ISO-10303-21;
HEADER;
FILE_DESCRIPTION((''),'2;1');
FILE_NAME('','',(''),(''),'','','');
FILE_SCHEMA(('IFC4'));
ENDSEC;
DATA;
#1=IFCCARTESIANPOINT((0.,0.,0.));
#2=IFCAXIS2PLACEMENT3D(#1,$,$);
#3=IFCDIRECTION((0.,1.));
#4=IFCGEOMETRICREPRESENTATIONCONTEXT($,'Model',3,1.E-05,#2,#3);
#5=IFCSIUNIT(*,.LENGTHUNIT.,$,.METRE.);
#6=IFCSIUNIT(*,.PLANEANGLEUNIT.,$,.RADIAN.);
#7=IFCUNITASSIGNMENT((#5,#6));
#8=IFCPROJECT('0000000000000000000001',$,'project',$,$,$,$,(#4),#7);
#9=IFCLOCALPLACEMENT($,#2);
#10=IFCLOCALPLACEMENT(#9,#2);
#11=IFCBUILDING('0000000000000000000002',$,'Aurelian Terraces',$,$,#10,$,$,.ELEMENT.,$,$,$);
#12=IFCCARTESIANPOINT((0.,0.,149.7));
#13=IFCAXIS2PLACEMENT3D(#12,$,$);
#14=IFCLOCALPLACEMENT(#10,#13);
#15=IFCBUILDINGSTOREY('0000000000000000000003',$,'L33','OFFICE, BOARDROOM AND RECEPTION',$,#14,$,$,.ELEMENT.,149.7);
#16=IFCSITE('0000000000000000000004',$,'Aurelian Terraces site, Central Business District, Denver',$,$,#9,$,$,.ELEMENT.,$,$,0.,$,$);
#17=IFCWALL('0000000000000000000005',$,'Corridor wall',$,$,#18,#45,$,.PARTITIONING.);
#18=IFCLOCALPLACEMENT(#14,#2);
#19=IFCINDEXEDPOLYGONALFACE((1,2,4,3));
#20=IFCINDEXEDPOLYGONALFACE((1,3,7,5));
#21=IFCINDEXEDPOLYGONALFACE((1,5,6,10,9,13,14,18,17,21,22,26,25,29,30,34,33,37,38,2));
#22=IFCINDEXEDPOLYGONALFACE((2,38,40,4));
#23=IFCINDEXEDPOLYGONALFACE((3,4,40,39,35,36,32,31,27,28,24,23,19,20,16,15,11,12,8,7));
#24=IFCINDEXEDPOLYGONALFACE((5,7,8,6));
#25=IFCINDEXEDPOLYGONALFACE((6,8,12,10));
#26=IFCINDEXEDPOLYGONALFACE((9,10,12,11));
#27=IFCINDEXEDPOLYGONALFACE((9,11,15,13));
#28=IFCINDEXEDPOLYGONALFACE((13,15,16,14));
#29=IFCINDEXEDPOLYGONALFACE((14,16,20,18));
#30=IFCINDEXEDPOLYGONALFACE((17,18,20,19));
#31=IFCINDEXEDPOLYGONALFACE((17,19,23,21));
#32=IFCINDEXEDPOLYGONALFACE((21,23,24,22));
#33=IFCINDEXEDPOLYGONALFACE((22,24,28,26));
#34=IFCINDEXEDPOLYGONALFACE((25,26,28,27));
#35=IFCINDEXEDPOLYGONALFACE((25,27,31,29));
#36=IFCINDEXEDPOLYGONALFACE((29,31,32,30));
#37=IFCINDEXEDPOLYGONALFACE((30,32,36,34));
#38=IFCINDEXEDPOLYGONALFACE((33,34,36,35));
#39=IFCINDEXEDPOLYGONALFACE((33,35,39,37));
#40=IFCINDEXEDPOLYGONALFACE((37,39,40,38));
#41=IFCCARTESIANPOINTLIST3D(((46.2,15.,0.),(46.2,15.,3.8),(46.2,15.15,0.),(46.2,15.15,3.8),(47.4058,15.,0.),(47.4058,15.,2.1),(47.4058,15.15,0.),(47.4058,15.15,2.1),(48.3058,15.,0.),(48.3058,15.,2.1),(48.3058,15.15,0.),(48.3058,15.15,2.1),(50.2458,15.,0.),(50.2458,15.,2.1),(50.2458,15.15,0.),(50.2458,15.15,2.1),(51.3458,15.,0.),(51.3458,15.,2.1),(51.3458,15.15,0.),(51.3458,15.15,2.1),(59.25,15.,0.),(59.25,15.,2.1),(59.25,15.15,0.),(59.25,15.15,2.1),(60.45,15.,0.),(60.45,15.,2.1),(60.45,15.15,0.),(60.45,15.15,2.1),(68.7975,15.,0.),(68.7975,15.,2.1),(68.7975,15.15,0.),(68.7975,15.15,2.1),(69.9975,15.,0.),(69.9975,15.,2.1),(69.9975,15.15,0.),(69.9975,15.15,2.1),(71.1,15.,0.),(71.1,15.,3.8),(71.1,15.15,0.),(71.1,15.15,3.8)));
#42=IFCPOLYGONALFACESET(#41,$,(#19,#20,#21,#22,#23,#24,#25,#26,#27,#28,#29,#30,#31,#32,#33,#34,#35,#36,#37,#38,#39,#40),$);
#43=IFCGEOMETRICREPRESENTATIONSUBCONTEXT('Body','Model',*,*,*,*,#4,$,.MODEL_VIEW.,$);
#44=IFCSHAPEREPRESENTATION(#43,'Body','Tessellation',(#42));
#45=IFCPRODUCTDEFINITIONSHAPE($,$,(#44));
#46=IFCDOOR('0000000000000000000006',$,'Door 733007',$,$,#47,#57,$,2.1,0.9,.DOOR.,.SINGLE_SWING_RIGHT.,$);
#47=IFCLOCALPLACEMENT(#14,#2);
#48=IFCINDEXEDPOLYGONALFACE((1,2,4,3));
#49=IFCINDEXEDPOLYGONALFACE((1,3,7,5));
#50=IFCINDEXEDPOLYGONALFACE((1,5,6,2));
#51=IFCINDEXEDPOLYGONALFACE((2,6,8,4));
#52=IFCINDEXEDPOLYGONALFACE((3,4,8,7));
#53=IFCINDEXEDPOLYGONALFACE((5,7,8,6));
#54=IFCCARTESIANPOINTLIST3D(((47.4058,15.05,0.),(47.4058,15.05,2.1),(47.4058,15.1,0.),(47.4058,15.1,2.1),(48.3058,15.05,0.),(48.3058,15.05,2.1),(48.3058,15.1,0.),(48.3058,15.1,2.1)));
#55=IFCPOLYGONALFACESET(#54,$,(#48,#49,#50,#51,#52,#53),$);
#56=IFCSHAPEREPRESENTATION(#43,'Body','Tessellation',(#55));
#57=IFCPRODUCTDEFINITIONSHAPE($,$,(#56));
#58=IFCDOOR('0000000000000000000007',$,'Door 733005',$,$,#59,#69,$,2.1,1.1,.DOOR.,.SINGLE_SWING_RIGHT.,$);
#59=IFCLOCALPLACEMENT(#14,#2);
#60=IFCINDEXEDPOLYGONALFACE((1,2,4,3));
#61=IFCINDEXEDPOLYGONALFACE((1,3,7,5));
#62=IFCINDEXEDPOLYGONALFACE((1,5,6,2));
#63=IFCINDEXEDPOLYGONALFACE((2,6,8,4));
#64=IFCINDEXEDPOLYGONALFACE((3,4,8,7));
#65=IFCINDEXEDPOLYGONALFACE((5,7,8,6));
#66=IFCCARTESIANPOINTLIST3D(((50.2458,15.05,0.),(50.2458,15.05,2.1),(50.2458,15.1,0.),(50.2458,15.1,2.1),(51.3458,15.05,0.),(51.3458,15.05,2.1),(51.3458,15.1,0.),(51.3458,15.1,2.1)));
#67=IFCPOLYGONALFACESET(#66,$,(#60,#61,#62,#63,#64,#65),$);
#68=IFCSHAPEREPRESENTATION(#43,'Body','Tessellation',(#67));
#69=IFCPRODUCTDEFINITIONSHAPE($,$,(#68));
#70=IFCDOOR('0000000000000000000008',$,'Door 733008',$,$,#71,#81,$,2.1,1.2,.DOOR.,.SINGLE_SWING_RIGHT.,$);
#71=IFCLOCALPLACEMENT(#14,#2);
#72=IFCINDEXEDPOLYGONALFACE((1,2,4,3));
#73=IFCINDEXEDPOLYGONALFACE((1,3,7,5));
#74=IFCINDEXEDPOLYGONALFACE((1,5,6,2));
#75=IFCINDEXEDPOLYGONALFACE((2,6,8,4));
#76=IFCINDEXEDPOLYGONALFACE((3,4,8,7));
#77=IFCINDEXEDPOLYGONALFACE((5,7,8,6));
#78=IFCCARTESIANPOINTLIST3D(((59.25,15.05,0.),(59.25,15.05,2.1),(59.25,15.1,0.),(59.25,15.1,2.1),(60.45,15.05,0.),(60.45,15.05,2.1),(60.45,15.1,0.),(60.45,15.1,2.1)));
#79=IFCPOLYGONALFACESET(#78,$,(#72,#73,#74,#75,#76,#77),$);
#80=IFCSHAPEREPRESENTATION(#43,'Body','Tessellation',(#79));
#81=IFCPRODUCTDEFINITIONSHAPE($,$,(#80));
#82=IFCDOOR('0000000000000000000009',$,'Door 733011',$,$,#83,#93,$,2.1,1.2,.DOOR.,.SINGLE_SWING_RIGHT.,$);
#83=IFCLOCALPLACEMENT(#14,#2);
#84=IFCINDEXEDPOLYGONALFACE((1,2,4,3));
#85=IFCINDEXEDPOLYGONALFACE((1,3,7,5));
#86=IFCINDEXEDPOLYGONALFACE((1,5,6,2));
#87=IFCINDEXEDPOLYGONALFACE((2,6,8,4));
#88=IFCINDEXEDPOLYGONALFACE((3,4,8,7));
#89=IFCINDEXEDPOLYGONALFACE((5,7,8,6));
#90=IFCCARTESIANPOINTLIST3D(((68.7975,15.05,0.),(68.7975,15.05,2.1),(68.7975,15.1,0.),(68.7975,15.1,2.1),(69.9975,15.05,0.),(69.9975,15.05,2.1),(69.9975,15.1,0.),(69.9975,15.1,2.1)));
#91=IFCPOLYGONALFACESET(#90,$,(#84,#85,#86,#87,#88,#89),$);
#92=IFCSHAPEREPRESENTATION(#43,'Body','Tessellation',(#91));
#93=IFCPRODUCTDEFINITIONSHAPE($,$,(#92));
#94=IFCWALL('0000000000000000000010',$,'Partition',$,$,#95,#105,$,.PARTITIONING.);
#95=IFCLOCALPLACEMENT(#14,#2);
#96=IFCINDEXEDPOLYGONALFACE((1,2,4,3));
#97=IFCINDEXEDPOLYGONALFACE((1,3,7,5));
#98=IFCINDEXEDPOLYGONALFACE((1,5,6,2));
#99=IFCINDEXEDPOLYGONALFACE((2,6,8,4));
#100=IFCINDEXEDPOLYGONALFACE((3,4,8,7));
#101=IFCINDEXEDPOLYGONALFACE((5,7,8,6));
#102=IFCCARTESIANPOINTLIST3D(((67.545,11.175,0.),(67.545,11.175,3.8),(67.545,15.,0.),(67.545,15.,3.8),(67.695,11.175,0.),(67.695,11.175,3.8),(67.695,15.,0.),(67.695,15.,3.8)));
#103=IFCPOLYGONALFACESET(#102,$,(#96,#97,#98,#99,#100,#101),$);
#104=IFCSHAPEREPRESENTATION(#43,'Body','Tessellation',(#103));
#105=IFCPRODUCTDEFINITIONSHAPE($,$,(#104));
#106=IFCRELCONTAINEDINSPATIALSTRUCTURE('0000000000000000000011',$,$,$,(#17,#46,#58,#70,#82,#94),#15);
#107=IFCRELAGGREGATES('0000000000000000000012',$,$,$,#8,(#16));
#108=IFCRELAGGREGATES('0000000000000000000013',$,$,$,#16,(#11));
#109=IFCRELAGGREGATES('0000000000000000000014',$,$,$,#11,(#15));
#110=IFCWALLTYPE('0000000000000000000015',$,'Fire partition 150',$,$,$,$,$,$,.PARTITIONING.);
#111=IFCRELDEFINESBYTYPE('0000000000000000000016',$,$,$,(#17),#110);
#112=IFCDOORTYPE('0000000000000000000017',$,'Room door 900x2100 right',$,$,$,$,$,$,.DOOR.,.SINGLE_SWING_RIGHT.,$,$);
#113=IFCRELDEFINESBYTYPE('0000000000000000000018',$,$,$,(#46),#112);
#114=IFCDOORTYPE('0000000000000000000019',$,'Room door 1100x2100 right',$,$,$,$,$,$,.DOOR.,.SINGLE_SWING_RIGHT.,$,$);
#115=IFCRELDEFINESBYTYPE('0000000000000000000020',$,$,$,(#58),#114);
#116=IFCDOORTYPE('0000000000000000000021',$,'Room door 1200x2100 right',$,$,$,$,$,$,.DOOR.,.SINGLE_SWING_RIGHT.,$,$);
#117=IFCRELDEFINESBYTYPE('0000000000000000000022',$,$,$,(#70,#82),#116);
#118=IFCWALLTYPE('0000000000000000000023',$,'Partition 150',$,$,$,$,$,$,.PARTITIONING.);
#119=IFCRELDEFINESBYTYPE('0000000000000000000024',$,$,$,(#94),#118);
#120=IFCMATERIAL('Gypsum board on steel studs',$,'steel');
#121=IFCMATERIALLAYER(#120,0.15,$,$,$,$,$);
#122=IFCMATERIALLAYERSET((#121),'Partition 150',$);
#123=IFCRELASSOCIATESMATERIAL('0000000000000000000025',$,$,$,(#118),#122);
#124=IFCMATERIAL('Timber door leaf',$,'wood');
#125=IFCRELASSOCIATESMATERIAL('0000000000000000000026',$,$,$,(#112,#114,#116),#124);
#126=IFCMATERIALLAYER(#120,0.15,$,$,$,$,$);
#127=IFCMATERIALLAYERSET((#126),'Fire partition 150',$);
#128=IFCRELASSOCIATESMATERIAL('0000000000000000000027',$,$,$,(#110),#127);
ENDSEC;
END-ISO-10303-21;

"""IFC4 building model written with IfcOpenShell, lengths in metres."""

from ifc_helpers import new_model, si_unit, direction, frame, frame_2d, origin, place, context, subcontext, project, spatial, rectangle, extrude, source, transform, mapped, material, layer, layer_set, type_object, element, fill, save


model = new_model("IFC4")

# Units and contexts
model_context = context("Model", 3, precision=1e-05, world=origin(), true_north=direction((0.0, 1.0)))
body_context = subcontext(model_context, "Body", "Model", "MODEL_VIEW")
ifc_project = project(units=[si_unit("LENGTHUNIT", "METRE"), si_unit("PLANEANGLEUNIT", "RADIAN")], contexts=[model_context])

# Site, building, storey
site_placement = place(None, origin())
site = spatial("IfcSite", under=ifc_project, at=site_placement, Name="Aurelian Terraces site, Central Business District, Denver", CompositionType="ELEMENT", RefElevation=0.0)
building_placement = place(site_placement, origin())
building = spatial("IfcBuilding", under=site, at=building_placement, Name="Aurelian Terraces", CompositionType="ELEMENT")
storey_placement = place(building_placement, frame((0.0, 0.0, 149.7)))
storey = spatial("IfcBuildingStorey", under=building, at=storey_placement, Name="L33", Description="OFFICE, BOARDROOM AND RECEPTION", CompositionType="ELEMENT", Elevation=149.7)

# Wall, openings, doors
ifc_material_1 = material(Name="Gypsum board on steel studs", Category="steel")
ifc_layer_1 = layer(ifc_material_1, 0.15)
ifc_layer_set_1 = layer_set([ifc_layer_1], Name="Partition 150")
wall_type_1 = type_object("IfcWallType", Name="Partition 150", PredefinedType="PARTITIONING", material=ifc_layer_set_1)
shared_shape_1 = source(origin(), body_context, "Body", "SweptSolid", [
    extrude(rectangle(XDim=24.9, YDim=0.15, at=frame_2d((12.45, 0.0))), origin(), (0.0, 0.0, 1.0), 3.8),
])
shared_shape_2 = source(origin(), body_context, "Body", "SweptSolid", [
    extrude(rectangle(XDim=1.1, YDim=2.1, at=frame_2d((0.55, 1.05))), frame((0.0, 0.085, 0.0), z_axis=(0.0, -1.0, 0.0), x_axis=(1.0, 0.0, 0.0)), (0.0, 0.0, 1.0), 0.17),
])
shared_shape_3 = source(origin(), body_context, "Body", "SweptSolid", [
    extrude(rectangle(XDim=0.9, YDim=2.1, at=frame_2d((0.45, 1.05))), frame((0.0, 0.085, 0.0), z_axis=(0.0, -1.0, 0.0), x_axis=(1.0, 0.0, 0.0)), (0.0, 0.0, 1.0), 0.17),
])
ifc_material_2 = material(Name="Timber door leaf", Category="wood")
shared_shape_4 = source(origin(), body_context, "Body", "SweptSolid", [
    extrude(rectangle(XDim=0.9, YDim=2.1, at=frame_2d((0.45, 1.05))), frame((0.0, 0.025, 0.0), z_axis=(0.0, -1.0, 0.0), x_axis=(1.0, 0.0, 0.0)), (0.0, 0.0, 1.0), 0.05),
])
door_type_1 = type_object("IfcDoorType", Name="Room door 900x2100 right", OperationType="SINGLE_SWING_RIGHT", PredefinedType="DOOR", material=ifc_material_2)
shared_shape_5 = source(origin(), body_context, "Body", "SweptSolid", [
    extrude(rectangle(XDim=1.1, YDim=2.1, at=frame_2d((0.55, 1.05))), frame((0.0, 0.025, 0.0), z_axis=(0.0, -1.0, 0.0), x_axis=(1.0, 0.0, 0.0)), (0.0, 0.0, 1.0), 0.05),
])
ifc_layer_2 = layer(ifc_material_1, 0.15)
ifc_layer_set_2 = layer_set([ifc_layer_2], Name="Fire partition 150")
wall_type_2 = type_object("IfcWallType", Name="Fire partition 150", PredefinedType="PARTITIONING", material=ifc_layer_set_2)
wall_1_placement = place(storey_placement, frame((71.1, 15.075, 0.0), z_axis=(0.0, 0.0, 1.0), x_axis=(-1.0, 0.0, 0.0)))
wall_1 = element("IfcWall", 1, at=wall_1_placement, inside=storey, type_object=wall_type_2, Name="Corridor wall", PredefinedType="PARTITIONING", context=body_context, shape_type="MappedRepresentation", body=[
    mapped(shared_shape_1, transform((0.0, 0.0, 0.0), scale=1.0)),
])
opening_1_placement = place(wall_1_placement, frame((19.7542, 0.0, 0.0)))
opening_1 = element("IfcOpeningElement", 2, at=opening_1_placement, cuts=wall_1, PredefinedType="OPENING", context=body_context, shape_type="MappedRepresentation", body=[
    mapped(shared_shape_2, transform((0.0, 0.0, 0.0), scale=1.0)),
])
opening_2_placement = place(wall_1_placement, frame((22.7942, 0.0, 0.0)))
opening_2 = element("IfcOpeningElement", 3, at=opening_2_placement, cuts=wall_1, PredefinedType="OPENING", context=body_context, shape_type="MappedRepresentation", body=[
    mapped(shared_shape_3, transform((0.0, 0.0, 0.0), scale=1.0)),
])
shared_shape_6 = source(origin(), body_context, "Body", "SweptSolid", [
    extrude(rectangle(XDim=1.2, YDim=2.1, at=frame_2d((0.6, 1.05))), frame((0.0, 0.085, 0.0), z_axis=(0.0, -1.0, 0.0), x_axis=(1.0, 0.0, 0.0)), (0.0, 0.0, 1.0), 0.17),
])
opening_3_placement = place(wall_1_placement, frame((10.65, 0.0, 0.0)))
opening_3 = element("IfcOpeningElement", 4, at=opening_3_placement, cuts=wall_1, PredefinedType="OPENING", context=body_context, shape_type="MappedRepresentation", body=[
    mapped(shared_shape_6, transform((0.0, 0.0, 0.0), scale=1.0)),
])
opening_4_placement = place(wall_1_placement, frame((1.1025, 0.0, 0.0)))
opening_4 = element("IfcOpeningElement", 5, at=opening_4_placement, cuts=wall_1, PredefinedType="OPENING", context=body_context, shape_type="MappedRepresentation", body=[
    mapped(shared_shape_6, transform((0.0, 0.0, 0.0), scale=1.0)),
])
door_1_placement = place(opening_2_placement, origin())
door_1 = element("IfcDoor", 6, at=door_1_placement, inside=storey, type_object=door_type_1, Name="Door 733007", OperationType="SINGLE_SWING_RIGHT", OverallHeight=2.1, OverallWidth=0.9, PredefinedType="DOOR", context=body_context, shape_type="MappedRepresentation", body=[
    mapped(shared_shape_4, transform((0.0, 0.0, 0.0), scale=1.0)),
])
fill(opening_2, door_1)
door_type_2 = type_object("IfcDoorType", Name="Room door 1100x2100 right", OperationType="SINGLE_SWING_RIGHT", PredefinedType="DOOR", material=ifc_material_2)
door_2_placement = place(opening_1_placement, origin())
door_2 = element("IfcDoor", 7, at=door_2_placement, inside=storey, type_object=door_type_2, Name="Door 733005", OperationType="SINGLE_SWING_RIGHT", OverallHeight=2.1, OverallWidth=1.1, PredefinedType="DOOR", context=body_context, shape_type="MappedRepresentation", body=[
    mapped(shared_shape_5, transform((0.0, 0.0, 0.0), scale=1.0)),
])
fill(opening_1, door_2)
door_type_3 = type_object("IfcDoorType", Name="Room door 1200x2100 right", OperationType="SINGLE_SWING_RIGHT", PredefinedType="DOOR", material=ifc_material_2)
shared_shape_7 = source(origin(), body_context, "Body", "SweptSolid", [
    extrude(rectangle(XDim=1.2, YDim=2.1, at=frame_2d((0.6, 1.05))), frame((0.0, 0.025, 0.0), z_axis=(0.0, -1.0, 0.0), x_axis=(1.0, 0.0, 0.0)), (0.0, 0.0, 1.0), 0.05),
])
door_3_placement = place(opening_3_placement, origin())
door_3 = element("IfcDoor", 8, at=door_3_placement, inside=storey, type_object=door_type_3, Name="Door 733008", OperationType="SINGLE_SWING_RIGHT", OverallHeight=2.1, OverallWidth=1.2, PredefinedType="DOOR", context=body_context, shape_type="MappedRepresentation", body=[
    mapped(shared_shape_7, transform((0.0, 0.0, 0.0), scale=1.0)),
])
fill(opening_3, door_3)
door_4_placement = place(opening_4_placement, origin())
door_4 = element("IfcDoor", 9, at=door_4_placement, inside=storey, type_object=door_type_3, Name="Door 733011", OperationType="SINGLE_SWING_RIGHT", OverallHeight=2.1, OverallWidth=1.2, PredefinedType="DOOR", context=body_context, shape_type="MappedRepresentation", body=[
    mapped(shared_shape_7, transform((0.0, 0.0, 0.0), scale=1.0)),
])
fill(opening_4, door_4)

# Wall
shared_shape_8 = source(origin(), body_context, "Body", "SweptSolid", [
    extrude(rectangle(XDim=3.825, YDim=0.15, at=frame_2d((1.9125, 0.0))), origin(), (0.0, 0.0, 1.0), 3.8),
])
wall_2_placement = place(storey_placement, frame((67.62, 11.175, 0.0), z_axis=(0.0, 0.0, 1.0), x_axis=(0.0, 1.0, 0.0)))
element("IfcWall", 10, at=wall_2_placement, inside=storey, type_object=wall_type_1, Name="Partition", PredefinedType="PARTITIONING", context=body_context, shape_type="MappedRepresentation", body=[
    mapped(shared_shape_8, transform((0.0, 0.0, 0.0), scale=1.0)),
])

save(model, "model.ifc")
